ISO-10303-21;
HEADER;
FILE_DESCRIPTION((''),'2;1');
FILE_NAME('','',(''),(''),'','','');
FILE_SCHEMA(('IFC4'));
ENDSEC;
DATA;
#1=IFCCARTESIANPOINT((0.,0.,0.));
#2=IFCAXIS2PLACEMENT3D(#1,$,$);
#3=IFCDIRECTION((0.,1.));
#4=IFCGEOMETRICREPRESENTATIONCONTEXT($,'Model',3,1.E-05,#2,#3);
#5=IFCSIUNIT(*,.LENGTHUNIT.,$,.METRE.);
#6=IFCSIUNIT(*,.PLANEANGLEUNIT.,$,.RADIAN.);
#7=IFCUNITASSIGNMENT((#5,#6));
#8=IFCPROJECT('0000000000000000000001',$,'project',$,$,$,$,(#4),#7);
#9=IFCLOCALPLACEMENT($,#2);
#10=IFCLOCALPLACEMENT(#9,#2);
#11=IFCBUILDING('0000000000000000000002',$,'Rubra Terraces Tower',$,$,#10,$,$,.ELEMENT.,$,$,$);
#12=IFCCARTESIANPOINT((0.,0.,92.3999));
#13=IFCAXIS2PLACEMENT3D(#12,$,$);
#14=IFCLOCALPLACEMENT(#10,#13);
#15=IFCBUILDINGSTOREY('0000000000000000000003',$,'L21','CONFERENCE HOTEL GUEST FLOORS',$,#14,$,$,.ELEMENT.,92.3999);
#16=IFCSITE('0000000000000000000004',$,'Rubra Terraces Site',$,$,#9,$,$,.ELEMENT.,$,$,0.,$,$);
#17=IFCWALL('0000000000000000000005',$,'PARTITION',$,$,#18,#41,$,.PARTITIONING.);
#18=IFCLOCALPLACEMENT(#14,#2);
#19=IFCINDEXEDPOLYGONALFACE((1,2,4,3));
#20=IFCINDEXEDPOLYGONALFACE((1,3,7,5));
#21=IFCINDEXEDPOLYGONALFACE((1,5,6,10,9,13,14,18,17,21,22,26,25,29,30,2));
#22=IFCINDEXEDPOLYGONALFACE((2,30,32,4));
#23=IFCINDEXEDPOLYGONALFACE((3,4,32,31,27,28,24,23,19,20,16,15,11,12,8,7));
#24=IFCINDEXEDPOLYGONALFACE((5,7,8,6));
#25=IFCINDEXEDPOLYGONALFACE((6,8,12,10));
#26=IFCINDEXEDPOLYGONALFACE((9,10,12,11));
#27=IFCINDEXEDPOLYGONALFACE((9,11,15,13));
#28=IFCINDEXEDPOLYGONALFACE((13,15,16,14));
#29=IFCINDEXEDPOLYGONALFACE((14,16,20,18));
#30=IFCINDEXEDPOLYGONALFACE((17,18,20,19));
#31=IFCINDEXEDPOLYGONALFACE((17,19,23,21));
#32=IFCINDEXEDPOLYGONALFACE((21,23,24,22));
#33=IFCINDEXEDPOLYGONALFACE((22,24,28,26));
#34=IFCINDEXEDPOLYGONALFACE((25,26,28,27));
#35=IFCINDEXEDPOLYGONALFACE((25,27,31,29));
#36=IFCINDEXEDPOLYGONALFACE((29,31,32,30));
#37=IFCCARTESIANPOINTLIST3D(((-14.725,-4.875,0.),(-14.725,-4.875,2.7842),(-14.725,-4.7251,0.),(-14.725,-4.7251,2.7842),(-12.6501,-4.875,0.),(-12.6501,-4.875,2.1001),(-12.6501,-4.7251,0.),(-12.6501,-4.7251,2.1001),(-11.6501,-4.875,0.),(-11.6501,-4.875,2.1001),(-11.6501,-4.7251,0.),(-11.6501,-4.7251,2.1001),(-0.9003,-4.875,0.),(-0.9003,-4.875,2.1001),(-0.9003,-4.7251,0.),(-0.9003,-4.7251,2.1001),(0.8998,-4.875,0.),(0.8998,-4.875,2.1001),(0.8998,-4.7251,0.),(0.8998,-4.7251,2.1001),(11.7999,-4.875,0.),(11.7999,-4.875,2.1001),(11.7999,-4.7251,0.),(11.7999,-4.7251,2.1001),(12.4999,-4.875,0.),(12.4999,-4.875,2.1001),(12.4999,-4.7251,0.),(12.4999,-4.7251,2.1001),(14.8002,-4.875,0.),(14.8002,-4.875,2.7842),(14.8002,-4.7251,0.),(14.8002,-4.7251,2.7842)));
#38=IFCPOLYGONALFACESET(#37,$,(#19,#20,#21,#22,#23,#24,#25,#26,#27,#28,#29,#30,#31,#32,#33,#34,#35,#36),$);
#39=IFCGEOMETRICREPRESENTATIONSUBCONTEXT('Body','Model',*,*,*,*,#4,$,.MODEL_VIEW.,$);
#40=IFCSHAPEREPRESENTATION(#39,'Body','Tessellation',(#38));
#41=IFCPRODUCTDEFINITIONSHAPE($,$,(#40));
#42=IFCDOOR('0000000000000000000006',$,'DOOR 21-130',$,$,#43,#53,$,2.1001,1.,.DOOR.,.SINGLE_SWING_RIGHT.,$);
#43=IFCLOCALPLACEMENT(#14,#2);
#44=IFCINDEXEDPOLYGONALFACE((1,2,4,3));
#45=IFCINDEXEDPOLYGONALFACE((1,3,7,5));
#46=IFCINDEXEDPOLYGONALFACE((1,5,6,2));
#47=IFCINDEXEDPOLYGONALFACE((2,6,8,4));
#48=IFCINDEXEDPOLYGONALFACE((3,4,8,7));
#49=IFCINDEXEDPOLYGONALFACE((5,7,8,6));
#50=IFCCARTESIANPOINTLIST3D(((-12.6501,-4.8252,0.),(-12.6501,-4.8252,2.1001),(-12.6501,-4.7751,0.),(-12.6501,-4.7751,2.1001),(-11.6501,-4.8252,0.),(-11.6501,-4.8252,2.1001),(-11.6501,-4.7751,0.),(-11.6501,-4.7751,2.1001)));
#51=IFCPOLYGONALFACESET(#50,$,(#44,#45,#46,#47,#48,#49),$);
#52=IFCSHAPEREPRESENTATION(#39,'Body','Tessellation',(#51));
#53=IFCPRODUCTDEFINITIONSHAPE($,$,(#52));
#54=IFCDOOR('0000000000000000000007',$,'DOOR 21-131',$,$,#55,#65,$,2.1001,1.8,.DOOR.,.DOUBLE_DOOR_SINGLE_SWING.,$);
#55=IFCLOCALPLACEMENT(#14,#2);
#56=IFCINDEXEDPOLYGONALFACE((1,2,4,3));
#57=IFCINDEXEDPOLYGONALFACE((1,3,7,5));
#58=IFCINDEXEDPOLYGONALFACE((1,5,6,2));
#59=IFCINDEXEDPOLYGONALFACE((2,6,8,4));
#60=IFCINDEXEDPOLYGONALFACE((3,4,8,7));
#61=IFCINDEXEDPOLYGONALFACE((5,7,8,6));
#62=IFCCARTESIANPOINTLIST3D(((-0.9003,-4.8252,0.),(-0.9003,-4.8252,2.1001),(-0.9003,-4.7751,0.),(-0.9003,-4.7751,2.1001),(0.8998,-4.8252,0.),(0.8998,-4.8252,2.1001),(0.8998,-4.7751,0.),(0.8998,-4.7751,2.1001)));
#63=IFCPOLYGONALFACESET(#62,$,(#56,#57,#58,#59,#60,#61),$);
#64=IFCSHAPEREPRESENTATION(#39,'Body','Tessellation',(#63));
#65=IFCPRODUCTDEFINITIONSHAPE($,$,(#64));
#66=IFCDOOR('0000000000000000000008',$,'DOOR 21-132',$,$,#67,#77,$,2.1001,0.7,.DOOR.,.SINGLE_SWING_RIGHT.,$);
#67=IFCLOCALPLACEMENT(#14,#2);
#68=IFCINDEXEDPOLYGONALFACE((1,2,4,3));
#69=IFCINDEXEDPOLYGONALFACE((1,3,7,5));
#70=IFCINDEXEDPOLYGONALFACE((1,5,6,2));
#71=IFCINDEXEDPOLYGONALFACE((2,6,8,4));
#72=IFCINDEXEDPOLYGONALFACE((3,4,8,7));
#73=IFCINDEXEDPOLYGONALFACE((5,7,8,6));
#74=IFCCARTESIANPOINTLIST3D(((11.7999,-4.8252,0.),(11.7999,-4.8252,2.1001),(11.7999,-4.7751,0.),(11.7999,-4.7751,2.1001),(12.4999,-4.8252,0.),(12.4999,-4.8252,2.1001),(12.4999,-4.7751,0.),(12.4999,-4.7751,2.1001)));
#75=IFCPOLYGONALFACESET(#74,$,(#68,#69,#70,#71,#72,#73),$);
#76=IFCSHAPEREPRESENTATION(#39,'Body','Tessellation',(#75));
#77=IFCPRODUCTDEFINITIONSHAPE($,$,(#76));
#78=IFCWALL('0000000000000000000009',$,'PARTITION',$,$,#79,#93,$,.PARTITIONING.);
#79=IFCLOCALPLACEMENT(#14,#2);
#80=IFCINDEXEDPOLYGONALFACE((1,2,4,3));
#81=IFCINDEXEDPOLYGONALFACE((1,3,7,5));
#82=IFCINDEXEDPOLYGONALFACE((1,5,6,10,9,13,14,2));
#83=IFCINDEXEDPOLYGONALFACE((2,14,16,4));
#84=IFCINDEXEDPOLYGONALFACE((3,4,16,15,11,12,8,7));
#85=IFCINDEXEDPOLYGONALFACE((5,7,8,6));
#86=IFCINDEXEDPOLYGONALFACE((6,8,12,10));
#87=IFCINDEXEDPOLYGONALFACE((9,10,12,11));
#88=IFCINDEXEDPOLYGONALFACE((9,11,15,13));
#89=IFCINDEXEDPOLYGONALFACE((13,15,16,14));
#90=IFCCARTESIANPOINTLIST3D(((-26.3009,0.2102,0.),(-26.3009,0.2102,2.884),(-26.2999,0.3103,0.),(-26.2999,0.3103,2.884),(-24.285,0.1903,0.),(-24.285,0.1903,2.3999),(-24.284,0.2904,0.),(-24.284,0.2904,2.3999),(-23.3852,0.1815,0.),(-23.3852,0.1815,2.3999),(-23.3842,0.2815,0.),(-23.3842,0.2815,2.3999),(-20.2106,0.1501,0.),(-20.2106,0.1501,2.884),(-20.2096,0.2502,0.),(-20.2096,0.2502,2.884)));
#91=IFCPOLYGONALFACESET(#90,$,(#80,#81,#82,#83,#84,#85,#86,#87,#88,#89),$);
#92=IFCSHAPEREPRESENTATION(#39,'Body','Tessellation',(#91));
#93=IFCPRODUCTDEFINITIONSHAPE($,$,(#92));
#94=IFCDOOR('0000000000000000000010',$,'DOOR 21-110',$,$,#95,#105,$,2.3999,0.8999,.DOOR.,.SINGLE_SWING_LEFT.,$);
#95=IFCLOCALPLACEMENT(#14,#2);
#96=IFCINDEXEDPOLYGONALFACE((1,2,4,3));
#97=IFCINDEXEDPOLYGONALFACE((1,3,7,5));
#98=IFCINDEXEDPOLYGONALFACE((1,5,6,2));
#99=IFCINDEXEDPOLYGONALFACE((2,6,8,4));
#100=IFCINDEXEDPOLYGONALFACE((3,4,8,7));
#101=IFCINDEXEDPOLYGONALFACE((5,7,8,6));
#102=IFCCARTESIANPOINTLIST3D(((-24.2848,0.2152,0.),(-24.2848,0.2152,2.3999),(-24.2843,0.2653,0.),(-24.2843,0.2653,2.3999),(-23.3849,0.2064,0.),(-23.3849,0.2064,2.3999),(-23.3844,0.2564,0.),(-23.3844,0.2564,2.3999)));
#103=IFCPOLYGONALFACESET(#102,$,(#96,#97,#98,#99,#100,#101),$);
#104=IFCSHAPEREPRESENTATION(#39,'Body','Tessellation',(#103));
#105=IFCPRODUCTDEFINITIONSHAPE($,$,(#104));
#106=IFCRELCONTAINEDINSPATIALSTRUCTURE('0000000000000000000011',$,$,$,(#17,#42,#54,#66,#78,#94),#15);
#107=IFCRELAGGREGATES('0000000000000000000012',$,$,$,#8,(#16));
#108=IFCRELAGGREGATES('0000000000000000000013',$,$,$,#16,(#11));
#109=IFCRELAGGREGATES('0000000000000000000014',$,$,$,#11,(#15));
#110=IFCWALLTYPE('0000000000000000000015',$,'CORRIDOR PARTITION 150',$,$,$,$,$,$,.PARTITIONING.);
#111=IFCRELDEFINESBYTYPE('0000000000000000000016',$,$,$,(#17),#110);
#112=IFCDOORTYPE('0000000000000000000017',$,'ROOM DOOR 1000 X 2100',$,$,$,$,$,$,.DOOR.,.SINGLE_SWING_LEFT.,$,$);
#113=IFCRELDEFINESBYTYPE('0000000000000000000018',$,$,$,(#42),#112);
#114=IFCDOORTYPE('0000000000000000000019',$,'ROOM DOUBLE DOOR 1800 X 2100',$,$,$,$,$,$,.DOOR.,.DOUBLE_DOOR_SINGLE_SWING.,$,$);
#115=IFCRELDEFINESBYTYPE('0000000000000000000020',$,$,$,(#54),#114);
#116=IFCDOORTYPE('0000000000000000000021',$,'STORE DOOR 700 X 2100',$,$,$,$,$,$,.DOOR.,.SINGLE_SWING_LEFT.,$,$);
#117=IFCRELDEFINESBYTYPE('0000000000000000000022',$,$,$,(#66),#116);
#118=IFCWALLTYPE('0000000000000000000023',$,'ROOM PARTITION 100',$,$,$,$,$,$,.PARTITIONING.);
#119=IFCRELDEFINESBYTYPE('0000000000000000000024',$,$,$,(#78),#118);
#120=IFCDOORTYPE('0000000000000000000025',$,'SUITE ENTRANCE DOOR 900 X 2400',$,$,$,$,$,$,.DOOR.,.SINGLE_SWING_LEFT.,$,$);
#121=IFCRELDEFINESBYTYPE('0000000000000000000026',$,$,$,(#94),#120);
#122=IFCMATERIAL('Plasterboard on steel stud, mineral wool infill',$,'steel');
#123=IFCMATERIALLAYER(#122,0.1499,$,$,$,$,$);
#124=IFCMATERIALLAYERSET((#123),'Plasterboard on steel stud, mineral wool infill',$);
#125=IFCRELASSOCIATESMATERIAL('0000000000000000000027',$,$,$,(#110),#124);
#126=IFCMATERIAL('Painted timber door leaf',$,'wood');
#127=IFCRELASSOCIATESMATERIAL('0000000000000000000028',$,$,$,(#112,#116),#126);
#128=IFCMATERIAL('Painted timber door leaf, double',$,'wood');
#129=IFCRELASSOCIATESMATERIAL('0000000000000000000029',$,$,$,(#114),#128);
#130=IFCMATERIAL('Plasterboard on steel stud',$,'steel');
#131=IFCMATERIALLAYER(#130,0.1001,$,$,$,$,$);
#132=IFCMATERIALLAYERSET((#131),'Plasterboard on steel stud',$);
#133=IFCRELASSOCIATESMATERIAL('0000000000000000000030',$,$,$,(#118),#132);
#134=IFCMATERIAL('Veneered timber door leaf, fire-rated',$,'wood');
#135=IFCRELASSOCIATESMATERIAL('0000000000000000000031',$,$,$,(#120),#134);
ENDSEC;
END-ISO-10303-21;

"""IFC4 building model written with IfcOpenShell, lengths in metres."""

from ifc_helpers import new_model, si_unit, direction, frame, frame_2d, origin, place, context, subcontext, project, spatial, rectangle, extrude, material, layer, layer_set, type_object, element, fill, save


model = new_model("IFC4")

# Units and contexts
model_context = context("Model", 3, precision=1e-05, world=origin(), true_north=direction((0.0, 1.0)))
body_context = subcontext(model_context, "Body", "Model", "MODEL_VIEW")
ifc_project = project(units=[si_unit("LENGTHUNIT", "METRE"), si_unit("PLANEANGLEUNIT", "RADIAN")], contexts=[model_context])

# Site, building, storey
site_placement = place(None, origin())
site = spatial("IfcSite", under=ifc_project, at=site_placement, Name="Rubra Terraces Site", CompositionType="ELEMENT", RefElevation=0.0)
building_placement = place(site_placement, origin())
building = spatial("IfcBuilding", under=site, at=building_placement, Name="Rubra Terraces Tower", CompositionType="ELEMENT")
storey_placement = place(building_placement, frame((0.0, 0.0, 92.3999)))
storey = spatial("IfcBuildingStorey", under=building, at=storey_placement, Name="L21", Description="CONFERENCE HOTEL GUEST FLOORS", CompositionType="ELEMENT", Elevation=92.3999)

# Shared definitions
ifc_material_1 = material(Name="Plasterboard on steel stud, mineral wool infill", Category="steel")
ifc_layer_1 = layer(ifc_material_1, 0.1499)
ifc_layer_set_1 = layer_set([ifc_layer_1], Name="Plasterboard on steel stud, mineral wool infill")
wall_type_1 = type_object("IfcWallType", Name="CORRIDOR PARTITION 150", PredefinedType="PARTITIONING", material=ifc_layer_set_1)
ifc_material_2 = material(Name="Painted timber door leaf", Category="wood")
door_type_1 = type_object("IfcDoorType", Name="ROOM DOOR 1000 X 2100", OperationType="SINGLE_SWING_LEFT", PredefinedType="DOOR", material=ifc_material_2)

# Wall, openings, doors
wall_1_placement = place(storey_placement, frame((-14.7251, -4.8, 0.0), z_axis=(0.0, 0.0, 1.0), x_axis=(1.0, 0.0, 0.0)))
wall_1 = element("IfcWall", 1, at=wall_1_placement, inside=storey, type_object=wall_type_1, Name="PARTITION", PredefinedType="PARTITIONING", context=body_context, shape_type="SweptSolid", body=[
    extrude(rectangle(XDim=29.5251, YDim=0.1499, at=frame_2d((14.7627, 0.0))), origin(), (0.0, 0.0, 1.0), 2.7842),
])
opening_1_placement = place(wall_1_placement, frame((2.075, 0.0, 0.0)))
opening_1 = element("IfcOpeningElement", 2, at=opening_1_placement, cuts=wall_1, PredefinedType="OPENING", context=body_context, shape_type="SweptSolid", body=[
    extrude(rectangle(XDim=1.0, YDim=2.1001, at=frame_2d((0.5, 1.05))), frame((0.0, 0.085, 0.0), z_axis=(0.0, -1.0, 0.0), x_axis=(1.0, 0.0, 0.0)), (0.0, 0.0, 1.0), 0.1699),
])
opening_2_placement = place(wall_1_placement, frame((13.825, 0.0, 0.0)))
opening_2 = element("IfcOpeningElement", 3, at=opening_2_placement, cuts=wall_1, PredefinedType="OPENING", context=body_context, shape_type="SweptSolid", body=[
    extrude(rectangle(XDim=1.8, YDim=2.1001, at=frame_2d((0.8999, 1.05))), frame((0.0, 0.085, 0.0), z_axis=(0.0, -1.0, 0.0), x_axis=(1.0, 0.0, 0.0)), (0.0, 0.0, 1.0), 0.1699),
])
opening_3_placement = place(wall_1_placement, frame((26.5249, 0.0, 0.0)))
opening_3 = element("IfcOpeningElement", 4, at=opening_3_placement, cuts=wall_1, PredefinedType="OPENING", context=body_context, shape_type="SweptSolid", body=[
    extrude(rectangle(XDim=0.7, YDim=2.1001, at=frame_2d((0.3501, 1.05))), frame((0.0, 0.085, 0.0), z_axis=(0.0, -1.0, 0.0), x_axis=(1.0, 0.0, 0.0)), (0.0, 0.0, 1.0), 0.1699),
])
door_1_placement = place(opening_1_placement, origin())
door_1 = element("IfcDoor", 5, at=door_1_placement, inside=storey, type_object=door_type_1, Name="DOOR 21-130", OperationType="SINGLE_SWING_RIGHT", OverallHeight=2.1001, OverallWidth=1.0, PredefinedType="DOOR", context=body_context, shape_type="SweptSolid", body=[
    extrude(rectangle(XDim=1.0, YDim=2.1001, at=frame_2d((0.5, 1.05))), frame((0.0, 0.0249, 0.0), z_axis=(0.0, -1.0, 0.0), x_axis=(1.0, 0.0, 0.0)), (0.0, 0.0, 1.0), 0.05),
])
fill(opening_1, door_1)
ifc_material_3 = material(Name="Painted timber door leaf, double", Category="wood")
door_type_2 = type_object("IfcDoorType", Name="ROOM DOUBLE DOOR 1800 X 2100", OperationType="DOUBLE_DOOR_SINGLE_SWING", PredefinedType="DOOR", material=ifc_material_3)
door_2_placement = place(opening_2_placement, origin())
door_2 = element("IfcDoor", 6, at=door_2_placement, inside=storey, type_object=door_type_2, Name="DOOR 21-131", OperationType="DOUBLE_DOOR_SINGLE_SWING", OverallHeight=2.1001, OverallWidth=1.8, PredefinedType="DOOR", context=body_context, shape_type="SweptSolid", body=[
    extrude(rectangle(XDim=1.8, YDim=2.1001, at=frame_2d((0.8999, 1.05))), frame((0.0, 0.0249, 0.0), z_axis=(0.0, -1.0, 0.0), x_axis=(1.0, 0.0, 0.0)), (0.0, 0.0, 1.0), 0.05),
])
fill(opening_2, door_2)
door_type_3 = type_object("IfcDoorType", Name="STORE DOOR 700 X 2100", OperationType="SINGLE_SWING_LEFT", PredefinedType="DOOR", material=ifc_material_2)
door_3_placement = place(opening_3_placement, origin())
door_3 = element("IfcDoor", 7, at=door_3_placement, inside=storey, type_object=door_type_3, Name="DOOR 21-132", OperationType="SINGLE_SWING_RIGHT", OverallHeight=2.1001, OverallWidth=0.7, PredefinedType="DOOR", context=body_context, shape_type="SweptSolid", body=[
    extrude(rectangle(XDim=0.7, YDim=2.1001, at=frame_2d((0.3501, 1.05))), frame((0.0, 0.0249, 0.0), z_axis=(0.0, -1.0, 0.0), x_axis=(1.0, 0.0, 0.0)), (0.0, 0.0, 1.0), 0.05),
])
fill(opening_3, door_3)

# Wall, opening, door
ifc_material_4 = material(Name="Plasterboard on steel stud", Category="steel")
ifc_layer_2 = layer(ifc_material_4, 0.1001)
ifc_layer_set_2 = layer_set([ifc_layer_2], Name="Plasterboard on steel stud")
wall_type_2 = type_object("IfcWallType", Name="ROOM PARTITION 100", PredefinedType="PARTITIONING", material=ifc_layer_set_2)
wall_2_placement = place(storey_placement, frame((-26.3005, 0.2603, 0.0), z_axis=(0.0, 0.0, 1.0), x_axis=(0.999951, -0.009861, 0.0)))
wall_2 = element("IfcWall", 8, at=wall_2_placement, inside=storey, type_object=wall_type_2, Name="PARTITION", PredefinedType="PARTITIONING", context=body_context, shape_type="SweptSolid", body=[
    extrude(rectangle(XDim=6.0906, YDim=0.1001, at=frame_2d((3.0454, 0.0))), origin(), (0.0, 0.0, 1.0), 2.884),
])
opening_4_placement = place(wall_2_placement, frame((2.0161, 0.0, 0.0)))
opening_4 = element("IfcOpeningElement", 9, at=opening_4_placement, cuts=wall_2, PredefinedType="OPENING", context=body_context, shape_type="SweptSolid", body=[
    extrude(rectangle(XDim=0.8999, YDim=2.3999, at=frame_2d((0.45, 1.2))), frame((0.0, 0.0601, 0.0), z_axis=(0.0, -1.0, 0.0), x_axis=(1.0, 0.0, 0.0)), (0.0, 0.0, 1.0), 0.1201),
])
ifc_material_5 = material(Name="Veneered timber door leaf, fire-rated", Category="wood")
door_type_4 = type_object("IfcDoorType", Name="SUITE ENTRANCE DOOR 900 X 2400", OperationType="SINGLE_SWING_LEFT", PredefinedType="DOOR", material=ifc_material_5)
door_4_placement = place(opening_4_placement, origin())
door_4 = element("IfcDoor", 10, at=door_4_placement, inside=storey, type_object=door_type_4, Name="DOOR 21-110", OperationType="SINGLE_SWING_LEFT", OverallHeight=2.3999, OverallWidth=0.8999, PredefinedType="DOOR", context=body_context, shape_type="SweptSolid", body=[
    extrude(rectangle(XDim=0.8999, YDim=2.3999, at=frame_2d((0.45, 1.2))), frame((0.0, 0.0249, 0.0), z_axis=(0.0, -1.0, 0.0), x_axis=(1.0, 0.0, 0.0)), (0.0, 0.0, 1.0), 0.05),
])
fill(opening_4, door_4)

save(model, "model.ifc")
